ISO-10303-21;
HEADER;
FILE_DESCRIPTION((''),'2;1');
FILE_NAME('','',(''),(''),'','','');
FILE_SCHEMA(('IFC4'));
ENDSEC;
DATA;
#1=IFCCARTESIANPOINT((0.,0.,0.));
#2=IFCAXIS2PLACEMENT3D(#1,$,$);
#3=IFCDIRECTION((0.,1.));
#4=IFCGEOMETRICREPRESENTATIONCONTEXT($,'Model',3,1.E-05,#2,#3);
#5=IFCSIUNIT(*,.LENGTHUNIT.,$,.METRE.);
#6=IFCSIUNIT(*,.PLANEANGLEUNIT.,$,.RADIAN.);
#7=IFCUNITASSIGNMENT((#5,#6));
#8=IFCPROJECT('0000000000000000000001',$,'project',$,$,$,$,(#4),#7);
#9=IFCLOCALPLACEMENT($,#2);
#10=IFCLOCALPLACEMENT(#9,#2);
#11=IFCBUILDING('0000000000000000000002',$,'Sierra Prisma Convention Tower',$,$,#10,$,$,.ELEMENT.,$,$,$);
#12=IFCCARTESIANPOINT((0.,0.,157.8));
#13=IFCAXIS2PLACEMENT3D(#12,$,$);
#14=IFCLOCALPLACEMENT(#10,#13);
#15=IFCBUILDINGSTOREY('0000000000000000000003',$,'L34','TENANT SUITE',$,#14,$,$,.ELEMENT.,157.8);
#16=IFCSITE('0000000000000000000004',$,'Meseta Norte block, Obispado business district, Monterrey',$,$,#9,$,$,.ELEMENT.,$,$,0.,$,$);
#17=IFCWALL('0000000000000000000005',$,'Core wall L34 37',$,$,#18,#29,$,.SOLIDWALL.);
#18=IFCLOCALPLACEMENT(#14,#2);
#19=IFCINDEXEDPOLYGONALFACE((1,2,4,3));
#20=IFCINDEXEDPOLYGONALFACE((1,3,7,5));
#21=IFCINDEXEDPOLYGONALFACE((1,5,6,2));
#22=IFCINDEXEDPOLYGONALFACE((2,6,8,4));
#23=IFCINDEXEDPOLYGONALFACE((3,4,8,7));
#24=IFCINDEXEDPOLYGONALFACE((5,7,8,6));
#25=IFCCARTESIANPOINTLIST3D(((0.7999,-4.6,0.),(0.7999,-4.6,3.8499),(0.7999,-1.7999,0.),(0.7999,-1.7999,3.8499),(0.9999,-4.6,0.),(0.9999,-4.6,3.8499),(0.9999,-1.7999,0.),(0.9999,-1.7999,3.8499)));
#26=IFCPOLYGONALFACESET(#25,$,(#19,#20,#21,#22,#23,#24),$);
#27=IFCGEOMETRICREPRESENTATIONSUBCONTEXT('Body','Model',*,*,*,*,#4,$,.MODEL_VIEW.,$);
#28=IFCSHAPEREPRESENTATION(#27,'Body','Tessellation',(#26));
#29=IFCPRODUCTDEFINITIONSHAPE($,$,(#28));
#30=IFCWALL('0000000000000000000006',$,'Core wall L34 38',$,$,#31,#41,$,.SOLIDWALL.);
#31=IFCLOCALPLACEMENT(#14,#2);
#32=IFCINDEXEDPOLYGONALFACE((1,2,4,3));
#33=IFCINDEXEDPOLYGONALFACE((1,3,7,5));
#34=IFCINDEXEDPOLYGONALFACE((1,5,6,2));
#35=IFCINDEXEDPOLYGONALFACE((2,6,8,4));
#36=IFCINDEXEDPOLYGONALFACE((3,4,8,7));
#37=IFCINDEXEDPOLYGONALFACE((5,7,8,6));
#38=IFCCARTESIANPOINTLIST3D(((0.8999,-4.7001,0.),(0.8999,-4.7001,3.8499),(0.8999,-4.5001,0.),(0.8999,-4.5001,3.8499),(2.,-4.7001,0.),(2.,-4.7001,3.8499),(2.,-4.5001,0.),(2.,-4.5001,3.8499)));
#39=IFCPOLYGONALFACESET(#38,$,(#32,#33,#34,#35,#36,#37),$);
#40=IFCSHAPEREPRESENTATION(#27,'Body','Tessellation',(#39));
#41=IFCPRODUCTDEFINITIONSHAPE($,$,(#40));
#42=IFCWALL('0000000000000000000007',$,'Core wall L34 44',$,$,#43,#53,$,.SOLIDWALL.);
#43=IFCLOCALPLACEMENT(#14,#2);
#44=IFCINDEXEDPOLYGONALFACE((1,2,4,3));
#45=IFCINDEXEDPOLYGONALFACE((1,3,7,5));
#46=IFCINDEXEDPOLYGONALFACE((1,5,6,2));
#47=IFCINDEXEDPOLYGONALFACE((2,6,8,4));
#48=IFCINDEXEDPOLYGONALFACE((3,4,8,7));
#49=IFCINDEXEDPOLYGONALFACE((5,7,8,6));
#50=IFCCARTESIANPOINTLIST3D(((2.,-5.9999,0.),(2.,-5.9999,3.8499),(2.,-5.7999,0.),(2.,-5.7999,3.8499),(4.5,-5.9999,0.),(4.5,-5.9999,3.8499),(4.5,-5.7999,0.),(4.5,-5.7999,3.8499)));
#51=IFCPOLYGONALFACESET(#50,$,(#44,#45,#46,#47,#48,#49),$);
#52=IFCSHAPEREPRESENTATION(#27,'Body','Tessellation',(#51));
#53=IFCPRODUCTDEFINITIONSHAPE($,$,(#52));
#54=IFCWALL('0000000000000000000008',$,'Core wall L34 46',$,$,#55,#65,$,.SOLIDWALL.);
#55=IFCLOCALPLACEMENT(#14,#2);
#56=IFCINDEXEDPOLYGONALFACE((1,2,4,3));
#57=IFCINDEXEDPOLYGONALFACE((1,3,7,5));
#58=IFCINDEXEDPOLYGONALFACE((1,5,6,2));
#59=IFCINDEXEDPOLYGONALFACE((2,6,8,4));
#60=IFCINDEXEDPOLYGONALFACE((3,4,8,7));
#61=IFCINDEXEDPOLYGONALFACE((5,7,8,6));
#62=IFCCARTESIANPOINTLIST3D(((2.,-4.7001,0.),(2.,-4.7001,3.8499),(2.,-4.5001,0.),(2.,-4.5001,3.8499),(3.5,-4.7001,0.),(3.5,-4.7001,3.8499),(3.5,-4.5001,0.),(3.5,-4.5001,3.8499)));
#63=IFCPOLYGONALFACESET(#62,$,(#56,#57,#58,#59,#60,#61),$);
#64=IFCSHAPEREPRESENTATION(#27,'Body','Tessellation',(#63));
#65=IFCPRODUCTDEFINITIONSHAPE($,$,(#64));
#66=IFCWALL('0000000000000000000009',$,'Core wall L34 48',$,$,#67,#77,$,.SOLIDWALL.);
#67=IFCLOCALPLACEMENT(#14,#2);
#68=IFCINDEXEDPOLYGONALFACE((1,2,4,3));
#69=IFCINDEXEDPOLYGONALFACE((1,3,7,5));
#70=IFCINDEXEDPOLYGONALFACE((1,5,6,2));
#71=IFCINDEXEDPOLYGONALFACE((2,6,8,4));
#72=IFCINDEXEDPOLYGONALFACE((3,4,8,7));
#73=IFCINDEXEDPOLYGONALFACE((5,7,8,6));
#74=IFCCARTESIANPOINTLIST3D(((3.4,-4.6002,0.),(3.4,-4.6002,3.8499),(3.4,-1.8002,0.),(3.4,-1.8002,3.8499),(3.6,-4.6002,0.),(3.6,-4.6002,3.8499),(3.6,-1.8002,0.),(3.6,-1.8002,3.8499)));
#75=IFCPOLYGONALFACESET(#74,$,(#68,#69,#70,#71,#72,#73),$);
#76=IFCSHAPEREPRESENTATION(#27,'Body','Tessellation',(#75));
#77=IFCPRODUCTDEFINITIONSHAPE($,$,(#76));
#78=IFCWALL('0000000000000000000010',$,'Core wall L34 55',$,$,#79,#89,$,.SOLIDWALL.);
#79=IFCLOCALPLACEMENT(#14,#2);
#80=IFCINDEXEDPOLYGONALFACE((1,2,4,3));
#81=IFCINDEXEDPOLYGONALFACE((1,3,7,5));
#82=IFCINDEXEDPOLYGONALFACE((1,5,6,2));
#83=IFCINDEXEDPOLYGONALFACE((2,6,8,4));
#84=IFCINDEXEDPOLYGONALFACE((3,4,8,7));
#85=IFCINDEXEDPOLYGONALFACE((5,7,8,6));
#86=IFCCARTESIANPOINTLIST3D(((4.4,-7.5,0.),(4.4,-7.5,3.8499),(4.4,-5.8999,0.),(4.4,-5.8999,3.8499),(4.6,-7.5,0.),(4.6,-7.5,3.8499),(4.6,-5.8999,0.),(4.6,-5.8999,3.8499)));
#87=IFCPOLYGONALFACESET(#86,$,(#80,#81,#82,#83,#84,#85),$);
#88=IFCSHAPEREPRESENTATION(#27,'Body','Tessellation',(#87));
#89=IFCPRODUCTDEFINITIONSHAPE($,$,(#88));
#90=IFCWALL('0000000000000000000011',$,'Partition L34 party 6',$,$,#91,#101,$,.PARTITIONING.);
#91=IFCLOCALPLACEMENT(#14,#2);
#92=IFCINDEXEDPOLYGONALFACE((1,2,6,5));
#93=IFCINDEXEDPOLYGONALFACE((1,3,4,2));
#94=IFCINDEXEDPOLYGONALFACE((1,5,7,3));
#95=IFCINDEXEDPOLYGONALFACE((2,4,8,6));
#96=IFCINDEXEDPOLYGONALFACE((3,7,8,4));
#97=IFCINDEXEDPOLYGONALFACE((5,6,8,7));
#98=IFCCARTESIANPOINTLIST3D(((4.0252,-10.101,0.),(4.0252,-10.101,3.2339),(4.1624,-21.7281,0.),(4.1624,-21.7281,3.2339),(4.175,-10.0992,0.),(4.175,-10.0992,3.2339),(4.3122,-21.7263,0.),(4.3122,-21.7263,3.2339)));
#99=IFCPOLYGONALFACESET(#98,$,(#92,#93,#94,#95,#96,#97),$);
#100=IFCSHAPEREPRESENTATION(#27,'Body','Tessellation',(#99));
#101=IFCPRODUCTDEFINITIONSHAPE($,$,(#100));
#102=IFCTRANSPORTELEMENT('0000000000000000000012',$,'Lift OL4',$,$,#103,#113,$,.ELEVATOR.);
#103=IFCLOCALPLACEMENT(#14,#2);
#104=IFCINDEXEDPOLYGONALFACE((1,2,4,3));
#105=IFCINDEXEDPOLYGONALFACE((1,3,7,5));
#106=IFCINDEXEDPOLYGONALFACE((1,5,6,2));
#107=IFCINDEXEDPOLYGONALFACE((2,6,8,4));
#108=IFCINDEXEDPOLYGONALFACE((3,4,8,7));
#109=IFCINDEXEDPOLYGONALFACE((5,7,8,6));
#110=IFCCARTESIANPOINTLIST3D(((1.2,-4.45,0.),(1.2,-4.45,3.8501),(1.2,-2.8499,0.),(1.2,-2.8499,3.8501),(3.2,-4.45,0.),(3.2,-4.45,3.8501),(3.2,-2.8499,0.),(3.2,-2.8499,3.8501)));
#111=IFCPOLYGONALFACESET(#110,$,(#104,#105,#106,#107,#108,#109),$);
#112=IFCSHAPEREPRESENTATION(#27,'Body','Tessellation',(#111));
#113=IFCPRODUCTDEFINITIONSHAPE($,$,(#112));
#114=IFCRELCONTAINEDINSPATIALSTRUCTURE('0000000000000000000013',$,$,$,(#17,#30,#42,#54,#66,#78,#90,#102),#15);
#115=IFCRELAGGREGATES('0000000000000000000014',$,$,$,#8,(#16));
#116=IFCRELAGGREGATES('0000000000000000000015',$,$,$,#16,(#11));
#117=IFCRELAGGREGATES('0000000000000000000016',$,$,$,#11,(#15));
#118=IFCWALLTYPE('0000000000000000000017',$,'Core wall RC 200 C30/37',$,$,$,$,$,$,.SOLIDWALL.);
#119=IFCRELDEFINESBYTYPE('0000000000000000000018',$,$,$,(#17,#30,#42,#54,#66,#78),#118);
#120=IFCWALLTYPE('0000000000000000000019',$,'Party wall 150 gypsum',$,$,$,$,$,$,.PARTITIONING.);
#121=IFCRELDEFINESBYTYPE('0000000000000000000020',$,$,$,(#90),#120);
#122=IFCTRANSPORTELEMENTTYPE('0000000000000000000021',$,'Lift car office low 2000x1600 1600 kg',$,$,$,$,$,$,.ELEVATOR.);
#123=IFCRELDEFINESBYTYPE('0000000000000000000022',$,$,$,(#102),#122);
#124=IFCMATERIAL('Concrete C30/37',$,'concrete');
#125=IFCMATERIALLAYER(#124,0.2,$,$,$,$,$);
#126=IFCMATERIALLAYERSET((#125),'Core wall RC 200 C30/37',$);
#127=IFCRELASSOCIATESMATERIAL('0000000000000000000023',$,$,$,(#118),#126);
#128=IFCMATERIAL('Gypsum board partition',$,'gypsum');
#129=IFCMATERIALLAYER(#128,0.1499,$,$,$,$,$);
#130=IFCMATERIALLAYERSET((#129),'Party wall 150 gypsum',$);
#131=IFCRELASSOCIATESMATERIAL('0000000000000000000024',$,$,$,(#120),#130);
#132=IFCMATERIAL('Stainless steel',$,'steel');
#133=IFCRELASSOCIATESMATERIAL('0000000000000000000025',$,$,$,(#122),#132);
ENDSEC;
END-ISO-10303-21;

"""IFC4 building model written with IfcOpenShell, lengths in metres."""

from ifc_helpers import new_model, si_unit, direction, frame, frame_2d, origin, origin_2d, place, context, subcontext, project, spatial, rectangle, extrude, material, layer, layer_set, type_object, element, save


model = new_model("IFC4")

# Units and contexts
model_context = context("Model", 3, precision=1e-05, world=origin(), true_north=direction((0.0, 1.0)))
body_context = subcontext(model_context, "Body", "Model", "MODEL_VIEW")
ifc_project = project(units=[si_unit("LENGTHUNIT", "METRE"), si_unit("PLANEANGLEUNIT", "RADIAN")], contexts=[model_context])

# Site, building, storey
site_placement = place(None, origin())
site = spatial("IfcSite", under=ifc_project, at=site_placement, Name="Meseta Norte block, Obispado business district, Monterrey", CompositionType="ELEMENT", RefElevation=0.0)
building_placement = place(site_placement, origin())
building = spatial("IfcBuilding", under=site, at=building_placement, Name="Sierra Prisma Convention Tower", CompositionType="ELEMENT")
storey_placement = place(building_placement, frame((0.0, 0.0, 157.8)))
storey = spatial("IfcBuildingStorey", under=building, at=storey_placement, Name="L34", Description="TENANT SUITE", CompositionType="ELEMENT", Elevation=157.8)

# Shared definitions
ifc_material_1 = material(Name="Concrete C30/37", Category="concrete")
ifc_layer_1 = layer(ifc_material_1, 0.2)
ifc_layer_set_1 = layer_set([ifc_layer_1], Name="Core wall RC 200 C30/37")
wall_type_1 = type_object("IfcWallType", Name="Core wall RC 200 C30/37", PredefinedType="SOLIDWALL", material=ifc_layer_set_1)

# Walls
wall_1_placement = place(storey_placement, frame((0.8999, -1.8, 0.0), z_axis=(0.0, 0.0, 1.0), x_axis=(0.0, -1.0, 0.0)))
element("IfcWall", 1, at=wall_1_placement, inside=storey, type_object=wall_type_1, Name="Core wall L34 37", PredefinedType="SOLIDWALL", context=body_context, shape_type="SweptSolid", body=[
    extrude(rectangle(XDim=2.8, YDim=0.2, at=frame_2d((1.3999, 0.0))), origin(), (0.0, 0.0, 1.0), 3.8499),
])
wall_2_placement = place(storey_placement, frame((0.8999, -4.6001, 0.0), z_axis=(0.0, 0.0, 1.0), x_axis=(1.0, 0.0, 0.0)))
element("IfcWall", 2, at=wall_2_placement, inside=storey, type_object=wall_type_1, Name="Core wall L34 38", PredefinedType="SOLIDWALL", context=body_context, shape_type="SweptSolid", body=[
    extrude(rectangle(XDim=1.1001, YDim=0.2, at=frame_2d((0.55, 0.0))), origin(), (0.0, 0.0, 1.0), 3.8499),
])

# Wall
wall_3_placement = place(storey_placement, frame((4.5, -5.8999, 0.0), z_axis=(0.0, 0.0, 1.0), x_axis=(-1.0, 0.0, 0.0)))
element("IfcWall", 3, at=wall_3_placement, inside=storey, type_object=wall_type_1, Name="Core wall L34 44", PredefinedType="SOLIDWALL", context=body_context, shape_type="SweptSolid", body=[
    extrude(rectangle(XDim=2.5, YDim=0.2, at=frame_2d((1.25, 0.0))), origin(), (0.0, 0.0, 1.0), 3.8499),
])

# Walls
wall_4_placement = place(storey_placement, frame((3.5, -4.6001, 0.0), z_axis=(0.0, 0.0, 1.0), x_axis=(-1.0, 0.0, 0.0)))
element("IfcWall", 4, at=wall_4_placement, inside=storey, type_object=wall_type_1, Name="Core wall L34 46", PredefinedType="SOLIDWALL", context=body_context, shape_type="SweptSolid", body=[
    extrude(rectangle(XDim=1.5, YDim=0.2, at=frame_2d((0.75, 0.0))), origin(), (0.0, 0.0, 1.0), 3.8499),
])
wall_5_placement = place(storey_placement, frame((3.5, -4.6001, 0.0), z_axis=(0.0, 0.0, 1.0), x_axis=(0.0, 1.0, 0.0)))
element("IfcWall", 5, at=wall_5_placement, inside=storey, type_object=wall_type_1, Name="Core wall L34 48", PredefinedType="SOLIDWALL", context=body_context, shape_type="SweptSolid", body=[
    extrude(rectangle(XDim=2.8, YDim=0.2, at=frame_2d((1.3999, 0.0))), origin(), (0.0, 0.0, 1.0), 3.8499),
])

# Walls
wall_6_placement = place(storey_placement, frame((4.5, -5.8999, 0.0), z_axis=(0.0, 0.0, 1.0), x_axis=(0.0, -1.0, 0.0)))
element("IfcWall", 6, at=wall_6_placement, inside=storey, type_object=wall_type_1, Name="Core wall L34 55", PredefinedType="SOLIDWALL", context=body_context, shape_type="SweptSolid", body=[
    extrude(rectangle(XDim=1.6001, YDim=0.2, at=frame_2d((0.8, 0.0))), origin(), (0.0, 0.0, 1.0), 3.8499),
])
ifc_material_2 = material(Name="Gypsum board partition", Category="gypsum")
ifc_layer_2 = layer(ifc_material_2, 0.1499)
ifc_layer_set_2 = layer_set([ifc_layer_2], Name="Party wall 150 gypsum")
wall_type_2 = type_object("IfcWallType", Name="Party wall 150 gypsum", PredefinedType="PARTITIONING", material=ifc_layer_set_2)
wall_7_placement = place(storey_placement, frame((4.1001, -10.1001, 0.0), z_axis=(0.0, 0.0, 1.0), x_axis=(0.0118, -0.99993, 0.0)))
element("IfcWall", 7, at=wall_7_placement, inside=storey, type_object=wall_type_2, Name="Partition L34 party 6", PredefinedType="PARTITIONING", context=body_context, shape_type="SweptSolid", body=[
    extrude(rectangle(XDim=11.6279, YDim=0.1499, at=frame_2d((5.814, 0.0))), origin(), (0.0, 0.0, 1.0), 3.2339),
])

# Transport element
ifc_material_3 = material(Name="Stainless steel", Category="steel")
transport_element_type = type_object("IfcTransportElementType", Name="Lift car office low 2000x1600 1600 kg", PredefinedType="ELEVATOR", material=ifc_material_3)
transport_element_placement = place(storey_placement, frame((2.2, -3.6499, 0.0), z_axis=(0.0, 0.0, 1.0), x_axis=(1.0, 0.0, 0.0)))
element("IfcTransportElement", 8, at=transport_element_placement, inside=storey, type_object=transport_element_type, Name="Lift OL4", PredefinedType="ELEVATOR", context=body_context, shape_type="SweptSolid", body=[
    extrude(rectangle(XDim=2.0, YDim=1.6001, at=origin_2d()), origin(), (0.0, 0.0, 1.0), 3.8501),
])

save(model, "model.ifc")
